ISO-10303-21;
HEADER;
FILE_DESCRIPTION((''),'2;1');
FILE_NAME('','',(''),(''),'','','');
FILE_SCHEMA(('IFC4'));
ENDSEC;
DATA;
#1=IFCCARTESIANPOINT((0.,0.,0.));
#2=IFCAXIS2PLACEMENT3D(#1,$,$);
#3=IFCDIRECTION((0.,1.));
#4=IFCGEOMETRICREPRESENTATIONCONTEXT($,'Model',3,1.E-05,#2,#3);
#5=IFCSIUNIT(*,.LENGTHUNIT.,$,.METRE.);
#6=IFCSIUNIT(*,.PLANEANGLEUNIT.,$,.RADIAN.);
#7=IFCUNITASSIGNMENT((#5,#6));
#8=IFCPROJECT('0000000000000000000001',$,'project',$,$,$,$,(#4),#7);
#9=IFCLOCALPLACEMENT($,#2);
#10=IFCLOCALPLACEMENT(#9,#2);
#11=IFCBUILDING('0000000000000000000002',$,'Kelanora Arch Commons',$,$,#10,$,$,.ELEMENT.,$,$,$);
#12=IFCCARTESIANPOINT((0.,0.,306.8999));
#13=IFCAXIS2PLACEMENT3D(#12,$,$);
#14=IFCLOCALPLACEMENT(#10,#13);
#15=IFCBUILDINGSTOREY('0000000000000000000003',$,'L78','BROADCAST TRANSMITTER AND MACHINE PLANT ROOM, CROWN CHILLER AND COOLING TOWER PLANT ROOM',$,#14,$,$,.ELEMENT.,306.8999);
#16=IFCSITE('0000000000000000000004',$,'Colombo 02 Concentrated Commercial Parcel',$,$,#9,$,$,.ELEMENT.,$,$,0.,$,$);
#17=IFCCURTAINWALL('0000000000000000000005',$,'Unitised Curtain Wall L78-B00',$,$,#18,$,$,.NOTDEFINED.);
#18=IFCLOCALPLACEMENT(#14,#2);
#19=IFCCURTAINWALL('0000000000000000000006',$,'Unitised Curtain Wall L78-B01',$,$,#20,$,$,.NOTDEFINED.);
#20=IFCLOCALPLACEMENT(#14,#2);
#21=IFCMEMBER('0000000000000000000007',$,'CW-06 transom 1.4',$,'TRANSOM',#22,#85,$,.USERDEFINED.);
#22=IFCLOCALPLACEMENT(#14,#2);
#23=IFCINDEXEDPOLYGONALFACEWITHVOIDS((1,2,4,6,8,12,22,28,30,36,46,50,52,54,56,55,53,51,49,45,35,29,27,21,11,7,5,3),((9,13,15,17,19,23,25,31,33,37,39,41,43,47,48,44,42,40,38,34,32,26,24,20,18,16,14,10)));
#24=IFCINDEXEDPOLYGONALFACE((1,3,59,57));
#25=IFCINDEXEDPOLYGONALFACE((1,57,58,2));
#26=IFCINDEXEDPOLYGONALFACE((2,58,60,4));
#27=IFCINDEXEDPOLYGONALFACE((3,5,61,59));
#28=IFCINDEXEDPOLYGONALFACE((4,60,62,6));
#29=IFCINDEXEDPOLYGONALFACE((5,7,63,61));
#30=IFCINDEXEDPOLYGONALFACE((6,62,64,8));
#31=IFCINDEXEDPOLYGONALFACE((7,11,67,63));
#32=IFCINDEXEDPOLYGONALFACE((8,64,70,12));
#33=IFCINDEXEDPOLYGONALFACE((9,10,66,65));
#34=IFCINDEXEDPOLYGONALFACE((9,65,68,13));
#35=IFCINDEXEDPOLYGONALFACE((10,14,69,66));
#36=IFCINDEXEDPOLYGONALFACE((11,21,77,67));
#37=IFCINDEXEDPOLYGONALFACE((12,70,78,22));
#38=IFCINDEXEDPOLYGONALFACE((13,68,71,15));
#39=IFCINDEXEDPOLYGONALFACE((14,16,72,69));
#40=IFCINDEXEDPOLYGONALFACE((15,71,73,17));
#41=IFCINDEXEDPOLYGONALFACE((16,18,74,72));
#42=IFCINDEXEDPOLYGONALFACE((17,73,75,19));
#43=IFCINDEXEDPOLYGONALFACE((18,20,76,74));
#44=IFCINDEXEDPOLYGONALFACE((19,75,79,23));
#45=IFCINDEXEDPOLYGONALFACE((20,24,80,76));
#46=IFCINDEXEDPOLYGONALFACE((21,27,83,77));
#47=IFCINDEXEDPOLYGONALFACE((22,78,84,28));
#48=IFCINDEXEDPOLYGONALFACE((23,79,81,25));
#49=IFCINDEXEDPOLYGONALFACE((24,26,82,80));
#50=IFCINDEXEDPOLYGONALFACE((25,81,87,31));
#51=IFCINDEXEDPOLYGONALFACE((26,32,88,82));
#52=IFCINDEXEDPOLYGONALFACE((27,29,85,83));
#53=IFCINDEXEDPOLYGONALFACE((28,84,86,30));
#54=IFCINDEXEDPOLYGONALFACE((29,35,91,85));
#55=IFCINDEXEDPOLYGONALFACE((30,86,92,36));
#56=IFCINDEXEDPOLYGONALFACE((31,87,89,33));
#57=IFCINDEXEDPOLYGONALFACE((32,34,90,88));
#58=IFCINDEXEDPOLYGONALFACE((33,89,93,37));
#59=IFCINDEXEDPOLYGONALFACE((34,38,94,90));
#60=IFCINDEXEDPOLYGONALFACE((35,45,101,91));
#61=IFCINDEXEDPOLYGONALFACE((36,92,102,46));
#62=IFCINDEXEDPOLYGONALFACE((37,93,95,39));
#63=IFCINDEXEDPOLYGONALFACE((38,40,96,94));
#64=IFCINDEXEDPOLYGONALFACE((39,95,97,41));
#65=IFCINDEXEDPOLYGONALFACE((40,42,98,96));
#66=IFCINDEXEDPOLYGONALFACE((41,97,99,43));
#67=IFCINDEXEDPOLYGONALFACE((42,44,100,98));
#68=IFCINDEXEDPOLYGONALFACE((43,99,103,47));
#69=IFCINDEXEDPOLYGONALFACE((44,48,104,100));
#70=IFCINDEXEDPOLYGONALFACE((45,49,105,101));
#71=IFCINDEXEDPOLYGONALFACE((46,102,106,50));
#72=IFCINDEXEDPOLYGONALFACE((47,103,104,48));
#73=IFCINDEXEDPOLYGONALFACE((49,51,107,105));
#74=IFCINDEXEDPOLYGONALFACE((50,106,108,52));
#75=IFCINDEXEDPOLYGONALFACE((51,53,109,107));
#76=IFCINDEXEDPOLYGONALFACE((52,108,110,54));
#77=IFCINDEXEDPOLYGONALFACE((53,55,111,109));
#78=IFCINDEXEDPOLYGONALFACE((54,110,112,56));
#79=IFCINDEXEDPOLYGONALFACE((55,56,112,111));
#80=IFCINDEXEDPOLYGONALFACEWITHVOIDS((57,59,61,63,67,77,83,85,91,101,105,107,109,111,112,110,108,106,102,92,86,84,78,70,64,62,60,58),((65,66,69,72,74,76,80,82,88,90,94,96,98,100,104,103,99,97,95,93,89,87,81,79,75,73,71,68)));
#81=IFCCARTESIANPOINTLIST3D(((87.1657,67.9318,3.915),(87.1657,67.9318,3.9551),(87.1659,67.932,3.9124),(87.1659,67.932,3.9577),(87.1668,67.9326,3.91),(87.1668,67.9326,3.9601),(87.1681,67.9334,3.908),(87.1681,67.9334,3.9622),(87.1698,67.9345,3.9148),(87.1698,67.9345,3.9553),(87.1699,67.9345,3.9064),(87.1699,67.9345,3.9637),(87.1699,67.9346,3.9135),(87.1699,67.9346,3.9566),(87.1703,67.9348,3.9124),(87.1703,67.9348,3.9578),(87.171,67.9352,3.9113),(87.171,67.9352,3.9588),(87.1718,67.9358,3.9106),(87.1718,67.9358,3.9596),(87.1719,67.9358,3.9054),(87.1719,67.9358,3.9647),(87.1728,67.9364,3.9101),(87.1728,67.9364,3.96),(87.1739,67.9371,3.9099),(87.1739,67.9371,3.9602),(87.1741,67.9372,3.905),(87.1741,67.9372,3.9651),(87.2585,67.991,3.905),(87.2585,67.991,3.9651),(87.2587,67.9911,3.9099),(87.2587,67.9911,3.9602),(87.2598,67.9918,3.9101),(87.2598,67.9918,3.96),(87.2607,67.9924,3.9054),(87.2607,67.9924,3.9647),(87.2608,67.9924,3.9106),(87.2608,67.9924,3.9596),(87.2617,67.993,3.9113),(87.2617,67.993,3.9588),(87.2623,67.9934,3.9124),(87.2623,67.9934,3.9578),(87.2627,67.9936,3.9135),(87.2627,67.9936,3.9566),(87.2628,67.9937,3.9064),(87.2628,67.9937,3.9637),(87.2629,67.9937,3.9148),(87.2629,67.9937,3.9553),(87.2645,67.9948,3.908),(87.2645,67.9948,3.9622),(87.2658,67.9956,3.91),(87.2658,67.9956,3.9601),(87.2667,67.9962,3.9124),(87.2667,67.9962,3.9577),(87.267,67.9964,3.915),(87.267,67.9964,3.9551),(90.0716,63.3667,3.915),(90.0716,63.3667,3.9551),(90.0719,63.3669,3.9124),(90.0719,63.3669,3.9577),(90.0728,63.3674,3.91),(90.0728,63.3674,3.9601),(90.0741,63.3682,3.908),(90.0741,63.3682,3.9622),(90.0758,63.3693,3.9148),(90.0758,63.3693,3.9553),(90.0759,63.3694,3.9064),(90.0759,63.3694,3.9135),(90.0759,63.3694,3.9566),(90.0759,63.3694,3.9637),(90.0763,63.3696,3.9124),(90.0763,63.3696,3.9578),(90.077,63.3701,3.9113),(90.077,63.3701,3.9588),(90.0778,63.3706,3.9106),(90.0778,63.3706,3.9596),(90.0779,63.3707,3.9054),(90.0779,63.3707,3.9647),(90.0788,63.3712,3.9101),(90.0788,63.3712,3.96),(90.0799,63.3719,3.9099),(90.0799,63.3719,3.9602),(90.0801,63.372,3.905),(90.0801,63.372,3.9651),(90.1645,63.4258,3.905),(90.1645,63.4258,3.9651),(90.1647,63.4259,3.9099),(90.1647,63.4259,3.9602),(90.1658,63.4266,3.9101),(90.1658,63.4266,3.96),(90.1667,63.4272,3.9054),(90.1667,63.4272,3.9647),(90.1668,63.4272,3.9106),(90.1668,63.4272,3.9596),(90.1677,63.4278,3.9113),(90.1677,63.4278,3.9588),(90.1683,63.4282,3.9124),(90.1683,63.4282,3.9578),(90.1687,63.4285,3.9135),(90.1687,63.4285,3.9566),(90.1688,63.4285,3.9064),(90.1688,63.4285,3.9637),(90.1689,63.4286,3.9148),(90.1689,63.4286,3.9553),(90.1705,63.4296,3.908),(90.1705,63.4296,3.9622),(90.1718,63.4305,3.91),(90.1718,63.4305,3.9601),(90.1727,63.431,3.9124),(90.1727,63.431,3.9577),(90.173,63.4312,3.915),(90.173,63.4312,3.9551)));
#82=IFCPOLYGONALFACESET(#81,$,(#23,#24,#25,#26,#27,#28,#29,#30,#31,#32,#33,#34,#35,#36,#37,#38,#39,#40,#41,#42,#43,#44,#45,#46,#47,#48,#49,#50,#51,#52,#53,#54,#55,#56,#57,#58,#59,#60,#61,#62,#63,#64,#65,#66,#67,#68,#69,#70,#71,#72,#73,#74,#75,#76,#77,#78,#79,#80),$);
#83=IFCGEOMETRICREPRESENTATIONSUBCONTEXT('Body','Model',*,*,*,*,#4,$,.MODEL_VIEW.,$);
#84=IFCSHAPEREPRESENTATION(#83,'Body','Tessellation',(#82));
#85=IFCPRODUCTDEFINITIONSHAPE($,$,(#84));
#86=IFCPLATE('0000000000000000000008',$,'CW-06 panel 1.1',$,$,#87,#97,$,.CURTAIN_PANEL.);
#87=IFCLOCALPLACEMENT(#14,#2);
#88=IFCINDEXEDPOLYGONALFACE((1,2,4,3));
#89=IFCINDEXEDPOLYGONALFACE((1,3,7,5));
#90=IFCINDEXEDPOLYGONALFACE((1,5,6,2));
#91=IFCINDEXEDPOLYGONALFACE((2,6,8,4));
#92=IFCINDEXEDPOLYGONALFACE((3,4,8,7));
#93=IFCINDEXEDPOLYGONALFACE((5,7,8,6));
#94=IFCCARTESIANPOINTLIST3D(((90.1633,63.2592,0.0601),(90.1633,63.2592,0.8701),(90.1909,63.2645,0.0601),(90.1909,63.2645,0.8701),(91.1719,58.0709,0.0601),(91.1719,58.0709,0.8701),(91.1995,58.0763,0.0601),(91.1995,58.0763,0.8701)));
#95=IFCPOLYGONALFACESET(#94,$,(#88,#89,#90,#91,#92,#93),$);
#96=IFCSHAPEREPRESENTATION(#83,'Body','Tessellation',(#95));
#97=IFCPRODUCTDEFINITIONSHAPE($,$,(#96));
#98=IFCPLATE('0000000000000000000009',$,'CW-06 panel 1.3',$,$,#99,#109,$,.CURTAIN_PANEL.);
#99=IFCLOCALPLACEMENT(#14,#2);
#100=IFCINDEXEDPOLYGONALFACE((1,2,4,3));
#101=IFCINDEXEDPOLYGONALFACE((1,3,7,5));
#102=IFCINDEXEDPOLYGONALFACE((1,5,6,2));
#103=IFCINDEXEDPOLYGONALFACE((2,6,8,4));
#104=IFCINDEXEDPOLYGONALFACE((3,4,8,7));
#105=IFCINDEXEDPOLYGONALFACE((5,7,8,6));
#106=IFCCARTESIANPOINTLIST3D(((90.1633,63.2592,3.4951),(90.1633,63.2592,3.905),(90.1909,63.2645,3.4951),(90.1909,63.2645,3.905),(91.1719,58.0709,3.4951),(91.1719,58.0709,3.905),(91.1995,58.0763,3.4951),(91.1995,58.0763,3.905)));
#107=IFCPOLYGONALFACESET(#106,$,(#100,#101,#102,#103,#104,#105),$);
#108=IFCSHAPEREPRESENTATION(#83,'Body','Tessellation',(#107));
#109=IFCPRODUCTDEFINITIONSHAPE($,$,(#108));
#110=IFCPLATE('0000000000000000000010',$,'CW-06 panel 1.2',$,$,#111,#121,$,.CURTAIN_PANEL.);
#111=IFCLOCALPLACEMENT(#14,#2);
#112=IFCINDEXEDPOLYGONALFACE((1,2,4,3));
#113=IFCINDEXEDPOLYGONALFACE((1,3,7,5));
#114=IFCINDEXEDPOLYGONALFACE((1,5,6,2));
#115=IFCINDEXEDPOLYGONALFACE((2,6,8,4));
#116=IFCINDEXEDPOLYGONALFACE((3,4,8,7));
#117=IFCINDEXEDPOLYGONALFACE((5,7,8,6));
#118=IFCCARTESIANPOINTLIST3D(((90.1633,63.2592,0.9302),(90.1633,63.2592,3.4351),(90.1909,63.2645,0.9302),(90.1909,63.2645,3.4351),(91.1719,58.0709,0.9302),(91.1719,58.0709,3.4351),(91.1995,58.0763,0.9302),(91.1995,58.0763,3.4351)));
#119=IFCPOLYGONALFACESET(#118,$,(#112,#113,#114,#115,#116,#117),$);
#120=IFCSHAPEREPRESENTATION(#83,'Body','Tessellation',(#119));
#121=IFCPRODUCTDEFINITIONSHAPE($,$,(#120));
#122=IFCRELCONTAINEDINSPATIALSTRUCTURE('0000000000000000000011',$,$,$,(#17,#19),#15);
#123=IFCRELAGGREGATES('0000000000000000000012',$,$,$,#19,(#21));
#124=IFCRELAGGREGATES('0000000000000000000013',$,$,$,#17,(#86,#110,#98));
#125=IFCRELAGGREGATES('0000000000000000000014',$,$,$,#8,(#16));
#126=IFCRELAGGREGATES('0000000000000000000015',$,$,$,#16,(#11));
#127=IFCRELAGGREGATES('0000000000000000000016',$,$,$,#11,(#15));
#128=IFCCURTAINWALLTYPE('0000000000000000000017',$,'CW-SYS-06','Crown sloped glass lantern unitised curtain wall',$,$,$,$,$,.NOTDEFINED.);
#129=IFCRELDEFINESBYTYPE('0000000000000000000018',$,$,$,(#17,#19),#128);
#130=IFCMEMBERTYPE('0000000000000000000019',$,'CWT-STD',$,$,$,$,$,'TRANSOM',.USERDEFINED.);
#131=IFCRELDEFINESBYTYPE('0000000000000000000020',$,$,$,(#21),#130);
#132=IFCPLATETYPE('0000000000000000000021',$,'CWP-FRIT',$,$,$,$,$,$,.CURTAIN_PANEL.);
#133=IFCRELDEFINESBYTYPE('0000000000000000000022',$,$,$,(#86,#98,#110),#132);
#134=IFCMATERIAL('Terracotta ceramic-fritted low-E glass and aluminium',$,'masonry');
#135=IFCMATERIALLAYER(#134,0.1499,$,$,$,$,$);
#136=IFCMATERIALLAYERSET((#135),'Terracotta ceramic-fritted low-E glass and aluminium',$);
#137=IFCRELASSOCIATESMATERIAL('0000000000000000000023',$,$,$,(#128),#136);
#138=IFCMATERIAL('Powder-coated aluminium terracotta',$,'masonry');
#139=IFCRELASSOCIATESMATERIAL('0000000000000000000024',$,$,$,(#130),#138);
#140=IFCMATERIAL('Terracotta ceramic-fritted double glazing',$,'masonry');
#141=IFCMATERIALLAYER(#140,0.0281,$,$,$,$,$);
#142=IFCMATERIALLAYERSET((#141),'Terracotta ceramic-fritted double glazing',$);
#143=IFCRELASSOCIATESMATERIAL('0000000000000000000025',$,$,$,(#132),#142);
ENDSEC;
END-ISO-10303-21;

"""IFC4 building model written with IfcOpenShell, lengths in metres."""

from ifc_helpers import new_model, si_unit, direction, frame, origin, origin_2d, place, context, subcontext, project, spatial, rectangle, hollow_rectangle, extrude, source, transform, mapped, material, layer, layer_set, material_profile, profile_set, type_object, element, aggregate, save


model = new_model("IFC4")

# Units and contexts
model_context = context("Model", 3, precision=1e-05, world=origin(), true_north=direction((0.0, 1.0)))
body_context = subcontext(model_context, "Body", "Model", "MODEL_VIEW")
ifc_project = project(units=[si_unit("LENGTHUNIT", "METRE"), si_unit("PLANEANGLEUNIT", "RADIAN")], contexts=[model_context])

# Site, building, storey
site_placement = place(None, origin())
site = spatial("IfcSite", under=ifc_project, at=site_placement, Name="Colombo 02 Concentrated Commercial Parcel", CompositionType="ELEMENT", RefElevation=0.0)
building_placement = place(site_placement, origin())
building = spatial("IfcBuilding", under=site, at=building_placement, Name="Kelanora Arch Commons", CompositionType="ELEMENT")
storey_placement = place(building_placement, frame((0.0, 0.0, 306.8999)))
storey = spatial("IfcBuildingStorey", under=building, at=storey_placement, Name="L78", Description="BROADCAST TRANSMITTER AND MACHINE PLANT ROOM, CROWN CHILLER AND COOLING TOWER PLANT ROOM", CompositionType="ELEMENT", Elevation=306.8999)

# Curtain wall
ifc_material_1 = material(Name="Terracotta ceramic-fritted low-E glass and aluminium", Category="masonry")
ifc_layer_1 = layer(ifc_material_1, 0.1499)
ifc_layer_set_1 = layer_set([ifc_layer_1], Name="Terracotta ceramic-fritted low-E glass and aluminium")
curtain_wall_type = type_object("IfcCurtainWallType", Name="CW-SYS-06", Description="Crown sloped glass lantern unitised curtain wall", PredefinedType="NOTDEFINED", material=ifc_layer_set_1)
curtain_wall_1_placement = place(storey_placement, origin())
curtain_wall_1 = element("IfcCurtainWall", 1, at=curtain_wall_1_placement, inside=storey, type_object=curtain_wall_type, Name="Unitised Curtain Wall L78-B00", PredefinedType="NOTDEFINED")
ifc_material_2 = material(Name="Powder-coated aluminium terracotta", Category="masonry")

# Curtain wall
curtain_wall_2_placement = place(storey_placement, origin())
curtain_wall_2 = element("IfcCurtainWall", 2, at=curtain_wall_2_placement, inside=storey, type_object=curtain_wall_type, Name="Unitised Curtain Wall L78-B01", PredefinedType="NOTDEFINED")

# Member
ifc_material_profile_1 = material_profile(ifc_material_2, hollow_rectangle(XDim=0.1201, YDim=0.0601, WallThickness=0.0049, InnerFilletRadius=0.0049, OuterFilletRadius=0.01, at=origin_2d()), Name="CWT120x60")
ifc_profile_set_1 = profile_set([ifc_material_profile_1], Name="Powder-coated aluminium terracotta")
member_type_1 = type_object("IfcMemberType", Name="CWT-STD", ElementType="TRANSOM", PredefinedType="USERDEFINED", material=ifc_profile_set_1)
member_1_placement = place(storey_placement, frame((90.1223, 63.3989, 3.9351), z_axis=(-0.536992, 0.843587, 0.0), x_axis=(-0.843587, -0.536992, 0.0)))
member_1 = element("IfcMember", 3, at=member_1_placement, type_object=member_type_1, Name="CW-06 transom 1.4", ObjectType="TRANSOM", PredefinedType="USERDEFINED", context=body_context, shape_type="SweptSolid", body=[
    extrude(hollow_rectangle(XDim=0.1201, YDim=0.0601, WallThickness=0.0049, InnerFilletRadius=0.0049, OuterFilletRadius=0.01, at=origin_2d()), origin(), (0.0, 0.0, 1.0), 5.4116),
])
aggregate(curtain_wall_2, [member_1])

# Plates
ifc_material_3 = material(Name="Terracotta ceramic-fritted double glazing", Category="masonry")
ifc_layer_2 = layer(ifc_material_3, 0.0281)
ifc_layer_set_2 = layer_set([ifc_layer_2], Name="Terracotta ceramic-fritted double glazing")
plate_type = type_object("IfcPlateType", Name="CWP-FRIT", PredefinedType="CURTAIN_PANEL", material=ifc_layer_set_2)
shared_shape_1 = source(origin(), body_context, "Body", "SweptSolid", [
    extrude(rectangle(XDim=5.2854, YDim=0.0281, at=origin_2d()), origin(), (0.0, 0.0, 1.0), 0.8101),
])
plate_1_placement = place(storey_placement, frame((90.6814, 60.6677, 0.0601), z_axis=(0.0, 0.0, 1.0), x_axis=(-0.190827, 0.981624, 0.0)))
plate_1 = element("IfcPlate", 4, at=plate_1_placement, type_object=plate_type, Name="CW-06 panel 1.1", PredefinedType="CURTAIN_PANEL", context=body_context, shape_type="MappedRepresentation", body=[
    mapped(shared_shape_1, transform((0.0, 0.0, 0.0), scale=1.0)),
])
shared_shape_2 = source(origin(), body_context, "Body", "SweptSolid", [
    extrude(rectangle(XDim=5.2854, YDim=0.0281, at=origin_2d()), origin(), (0.0, 0.0, 1.0), 0.4099),
])
plate_2_placement = place(storey_placement, frame((90.6814, 60.6677, 3.4951), z_axis=(0.0, 0.0, 1.0), x_axis=(-0.190827, 0.981624, 0.0)))
plate_2 = element("IfcPlate", 5, at=plate_2_placement, type_object=plate_type, Name="CW-06 panel 1.3", PredefinedType="CURTAIN_PANEL", context=body_context, shape_type="MappedRepresentation", body=[
    mapped(shared_shape_2, transform((0.0, 0.0, 0.0), scale=1.0)),
])
shared_shape_3 = source(origin(), body_context, "Body", "SweptSolid", [
    extrude(rectangle(XDim=5.2854, YDim=0.0281, at=origin_2d()), origin(), (0.0, 0.0, 1.0), 2.5049),
])
plate_3_placement = place(storey_placement, frame((90.6814, 60.6677, 0.9302), z_axis=(0.0, 0.0, 1.0), x_axis=(-0.190827, 0.981624, 0.0)))
plate_3 = element("IfcPlate", 6, at=plate_3_placement, type_object=plate_type, Name="CW-06 panel 1.2", PredefinedType="CURTAIN_PANEL", context=body_context, shape_type="MappedRepresentation", body=[
    mapped(shared_shape_3, transform((0.0, 0.0, 0.0), scale=1.0)),
])
aggregate(curtain_wall_1, [plate_1, plate_3, plate_2])

save(model, "model.ifc")
